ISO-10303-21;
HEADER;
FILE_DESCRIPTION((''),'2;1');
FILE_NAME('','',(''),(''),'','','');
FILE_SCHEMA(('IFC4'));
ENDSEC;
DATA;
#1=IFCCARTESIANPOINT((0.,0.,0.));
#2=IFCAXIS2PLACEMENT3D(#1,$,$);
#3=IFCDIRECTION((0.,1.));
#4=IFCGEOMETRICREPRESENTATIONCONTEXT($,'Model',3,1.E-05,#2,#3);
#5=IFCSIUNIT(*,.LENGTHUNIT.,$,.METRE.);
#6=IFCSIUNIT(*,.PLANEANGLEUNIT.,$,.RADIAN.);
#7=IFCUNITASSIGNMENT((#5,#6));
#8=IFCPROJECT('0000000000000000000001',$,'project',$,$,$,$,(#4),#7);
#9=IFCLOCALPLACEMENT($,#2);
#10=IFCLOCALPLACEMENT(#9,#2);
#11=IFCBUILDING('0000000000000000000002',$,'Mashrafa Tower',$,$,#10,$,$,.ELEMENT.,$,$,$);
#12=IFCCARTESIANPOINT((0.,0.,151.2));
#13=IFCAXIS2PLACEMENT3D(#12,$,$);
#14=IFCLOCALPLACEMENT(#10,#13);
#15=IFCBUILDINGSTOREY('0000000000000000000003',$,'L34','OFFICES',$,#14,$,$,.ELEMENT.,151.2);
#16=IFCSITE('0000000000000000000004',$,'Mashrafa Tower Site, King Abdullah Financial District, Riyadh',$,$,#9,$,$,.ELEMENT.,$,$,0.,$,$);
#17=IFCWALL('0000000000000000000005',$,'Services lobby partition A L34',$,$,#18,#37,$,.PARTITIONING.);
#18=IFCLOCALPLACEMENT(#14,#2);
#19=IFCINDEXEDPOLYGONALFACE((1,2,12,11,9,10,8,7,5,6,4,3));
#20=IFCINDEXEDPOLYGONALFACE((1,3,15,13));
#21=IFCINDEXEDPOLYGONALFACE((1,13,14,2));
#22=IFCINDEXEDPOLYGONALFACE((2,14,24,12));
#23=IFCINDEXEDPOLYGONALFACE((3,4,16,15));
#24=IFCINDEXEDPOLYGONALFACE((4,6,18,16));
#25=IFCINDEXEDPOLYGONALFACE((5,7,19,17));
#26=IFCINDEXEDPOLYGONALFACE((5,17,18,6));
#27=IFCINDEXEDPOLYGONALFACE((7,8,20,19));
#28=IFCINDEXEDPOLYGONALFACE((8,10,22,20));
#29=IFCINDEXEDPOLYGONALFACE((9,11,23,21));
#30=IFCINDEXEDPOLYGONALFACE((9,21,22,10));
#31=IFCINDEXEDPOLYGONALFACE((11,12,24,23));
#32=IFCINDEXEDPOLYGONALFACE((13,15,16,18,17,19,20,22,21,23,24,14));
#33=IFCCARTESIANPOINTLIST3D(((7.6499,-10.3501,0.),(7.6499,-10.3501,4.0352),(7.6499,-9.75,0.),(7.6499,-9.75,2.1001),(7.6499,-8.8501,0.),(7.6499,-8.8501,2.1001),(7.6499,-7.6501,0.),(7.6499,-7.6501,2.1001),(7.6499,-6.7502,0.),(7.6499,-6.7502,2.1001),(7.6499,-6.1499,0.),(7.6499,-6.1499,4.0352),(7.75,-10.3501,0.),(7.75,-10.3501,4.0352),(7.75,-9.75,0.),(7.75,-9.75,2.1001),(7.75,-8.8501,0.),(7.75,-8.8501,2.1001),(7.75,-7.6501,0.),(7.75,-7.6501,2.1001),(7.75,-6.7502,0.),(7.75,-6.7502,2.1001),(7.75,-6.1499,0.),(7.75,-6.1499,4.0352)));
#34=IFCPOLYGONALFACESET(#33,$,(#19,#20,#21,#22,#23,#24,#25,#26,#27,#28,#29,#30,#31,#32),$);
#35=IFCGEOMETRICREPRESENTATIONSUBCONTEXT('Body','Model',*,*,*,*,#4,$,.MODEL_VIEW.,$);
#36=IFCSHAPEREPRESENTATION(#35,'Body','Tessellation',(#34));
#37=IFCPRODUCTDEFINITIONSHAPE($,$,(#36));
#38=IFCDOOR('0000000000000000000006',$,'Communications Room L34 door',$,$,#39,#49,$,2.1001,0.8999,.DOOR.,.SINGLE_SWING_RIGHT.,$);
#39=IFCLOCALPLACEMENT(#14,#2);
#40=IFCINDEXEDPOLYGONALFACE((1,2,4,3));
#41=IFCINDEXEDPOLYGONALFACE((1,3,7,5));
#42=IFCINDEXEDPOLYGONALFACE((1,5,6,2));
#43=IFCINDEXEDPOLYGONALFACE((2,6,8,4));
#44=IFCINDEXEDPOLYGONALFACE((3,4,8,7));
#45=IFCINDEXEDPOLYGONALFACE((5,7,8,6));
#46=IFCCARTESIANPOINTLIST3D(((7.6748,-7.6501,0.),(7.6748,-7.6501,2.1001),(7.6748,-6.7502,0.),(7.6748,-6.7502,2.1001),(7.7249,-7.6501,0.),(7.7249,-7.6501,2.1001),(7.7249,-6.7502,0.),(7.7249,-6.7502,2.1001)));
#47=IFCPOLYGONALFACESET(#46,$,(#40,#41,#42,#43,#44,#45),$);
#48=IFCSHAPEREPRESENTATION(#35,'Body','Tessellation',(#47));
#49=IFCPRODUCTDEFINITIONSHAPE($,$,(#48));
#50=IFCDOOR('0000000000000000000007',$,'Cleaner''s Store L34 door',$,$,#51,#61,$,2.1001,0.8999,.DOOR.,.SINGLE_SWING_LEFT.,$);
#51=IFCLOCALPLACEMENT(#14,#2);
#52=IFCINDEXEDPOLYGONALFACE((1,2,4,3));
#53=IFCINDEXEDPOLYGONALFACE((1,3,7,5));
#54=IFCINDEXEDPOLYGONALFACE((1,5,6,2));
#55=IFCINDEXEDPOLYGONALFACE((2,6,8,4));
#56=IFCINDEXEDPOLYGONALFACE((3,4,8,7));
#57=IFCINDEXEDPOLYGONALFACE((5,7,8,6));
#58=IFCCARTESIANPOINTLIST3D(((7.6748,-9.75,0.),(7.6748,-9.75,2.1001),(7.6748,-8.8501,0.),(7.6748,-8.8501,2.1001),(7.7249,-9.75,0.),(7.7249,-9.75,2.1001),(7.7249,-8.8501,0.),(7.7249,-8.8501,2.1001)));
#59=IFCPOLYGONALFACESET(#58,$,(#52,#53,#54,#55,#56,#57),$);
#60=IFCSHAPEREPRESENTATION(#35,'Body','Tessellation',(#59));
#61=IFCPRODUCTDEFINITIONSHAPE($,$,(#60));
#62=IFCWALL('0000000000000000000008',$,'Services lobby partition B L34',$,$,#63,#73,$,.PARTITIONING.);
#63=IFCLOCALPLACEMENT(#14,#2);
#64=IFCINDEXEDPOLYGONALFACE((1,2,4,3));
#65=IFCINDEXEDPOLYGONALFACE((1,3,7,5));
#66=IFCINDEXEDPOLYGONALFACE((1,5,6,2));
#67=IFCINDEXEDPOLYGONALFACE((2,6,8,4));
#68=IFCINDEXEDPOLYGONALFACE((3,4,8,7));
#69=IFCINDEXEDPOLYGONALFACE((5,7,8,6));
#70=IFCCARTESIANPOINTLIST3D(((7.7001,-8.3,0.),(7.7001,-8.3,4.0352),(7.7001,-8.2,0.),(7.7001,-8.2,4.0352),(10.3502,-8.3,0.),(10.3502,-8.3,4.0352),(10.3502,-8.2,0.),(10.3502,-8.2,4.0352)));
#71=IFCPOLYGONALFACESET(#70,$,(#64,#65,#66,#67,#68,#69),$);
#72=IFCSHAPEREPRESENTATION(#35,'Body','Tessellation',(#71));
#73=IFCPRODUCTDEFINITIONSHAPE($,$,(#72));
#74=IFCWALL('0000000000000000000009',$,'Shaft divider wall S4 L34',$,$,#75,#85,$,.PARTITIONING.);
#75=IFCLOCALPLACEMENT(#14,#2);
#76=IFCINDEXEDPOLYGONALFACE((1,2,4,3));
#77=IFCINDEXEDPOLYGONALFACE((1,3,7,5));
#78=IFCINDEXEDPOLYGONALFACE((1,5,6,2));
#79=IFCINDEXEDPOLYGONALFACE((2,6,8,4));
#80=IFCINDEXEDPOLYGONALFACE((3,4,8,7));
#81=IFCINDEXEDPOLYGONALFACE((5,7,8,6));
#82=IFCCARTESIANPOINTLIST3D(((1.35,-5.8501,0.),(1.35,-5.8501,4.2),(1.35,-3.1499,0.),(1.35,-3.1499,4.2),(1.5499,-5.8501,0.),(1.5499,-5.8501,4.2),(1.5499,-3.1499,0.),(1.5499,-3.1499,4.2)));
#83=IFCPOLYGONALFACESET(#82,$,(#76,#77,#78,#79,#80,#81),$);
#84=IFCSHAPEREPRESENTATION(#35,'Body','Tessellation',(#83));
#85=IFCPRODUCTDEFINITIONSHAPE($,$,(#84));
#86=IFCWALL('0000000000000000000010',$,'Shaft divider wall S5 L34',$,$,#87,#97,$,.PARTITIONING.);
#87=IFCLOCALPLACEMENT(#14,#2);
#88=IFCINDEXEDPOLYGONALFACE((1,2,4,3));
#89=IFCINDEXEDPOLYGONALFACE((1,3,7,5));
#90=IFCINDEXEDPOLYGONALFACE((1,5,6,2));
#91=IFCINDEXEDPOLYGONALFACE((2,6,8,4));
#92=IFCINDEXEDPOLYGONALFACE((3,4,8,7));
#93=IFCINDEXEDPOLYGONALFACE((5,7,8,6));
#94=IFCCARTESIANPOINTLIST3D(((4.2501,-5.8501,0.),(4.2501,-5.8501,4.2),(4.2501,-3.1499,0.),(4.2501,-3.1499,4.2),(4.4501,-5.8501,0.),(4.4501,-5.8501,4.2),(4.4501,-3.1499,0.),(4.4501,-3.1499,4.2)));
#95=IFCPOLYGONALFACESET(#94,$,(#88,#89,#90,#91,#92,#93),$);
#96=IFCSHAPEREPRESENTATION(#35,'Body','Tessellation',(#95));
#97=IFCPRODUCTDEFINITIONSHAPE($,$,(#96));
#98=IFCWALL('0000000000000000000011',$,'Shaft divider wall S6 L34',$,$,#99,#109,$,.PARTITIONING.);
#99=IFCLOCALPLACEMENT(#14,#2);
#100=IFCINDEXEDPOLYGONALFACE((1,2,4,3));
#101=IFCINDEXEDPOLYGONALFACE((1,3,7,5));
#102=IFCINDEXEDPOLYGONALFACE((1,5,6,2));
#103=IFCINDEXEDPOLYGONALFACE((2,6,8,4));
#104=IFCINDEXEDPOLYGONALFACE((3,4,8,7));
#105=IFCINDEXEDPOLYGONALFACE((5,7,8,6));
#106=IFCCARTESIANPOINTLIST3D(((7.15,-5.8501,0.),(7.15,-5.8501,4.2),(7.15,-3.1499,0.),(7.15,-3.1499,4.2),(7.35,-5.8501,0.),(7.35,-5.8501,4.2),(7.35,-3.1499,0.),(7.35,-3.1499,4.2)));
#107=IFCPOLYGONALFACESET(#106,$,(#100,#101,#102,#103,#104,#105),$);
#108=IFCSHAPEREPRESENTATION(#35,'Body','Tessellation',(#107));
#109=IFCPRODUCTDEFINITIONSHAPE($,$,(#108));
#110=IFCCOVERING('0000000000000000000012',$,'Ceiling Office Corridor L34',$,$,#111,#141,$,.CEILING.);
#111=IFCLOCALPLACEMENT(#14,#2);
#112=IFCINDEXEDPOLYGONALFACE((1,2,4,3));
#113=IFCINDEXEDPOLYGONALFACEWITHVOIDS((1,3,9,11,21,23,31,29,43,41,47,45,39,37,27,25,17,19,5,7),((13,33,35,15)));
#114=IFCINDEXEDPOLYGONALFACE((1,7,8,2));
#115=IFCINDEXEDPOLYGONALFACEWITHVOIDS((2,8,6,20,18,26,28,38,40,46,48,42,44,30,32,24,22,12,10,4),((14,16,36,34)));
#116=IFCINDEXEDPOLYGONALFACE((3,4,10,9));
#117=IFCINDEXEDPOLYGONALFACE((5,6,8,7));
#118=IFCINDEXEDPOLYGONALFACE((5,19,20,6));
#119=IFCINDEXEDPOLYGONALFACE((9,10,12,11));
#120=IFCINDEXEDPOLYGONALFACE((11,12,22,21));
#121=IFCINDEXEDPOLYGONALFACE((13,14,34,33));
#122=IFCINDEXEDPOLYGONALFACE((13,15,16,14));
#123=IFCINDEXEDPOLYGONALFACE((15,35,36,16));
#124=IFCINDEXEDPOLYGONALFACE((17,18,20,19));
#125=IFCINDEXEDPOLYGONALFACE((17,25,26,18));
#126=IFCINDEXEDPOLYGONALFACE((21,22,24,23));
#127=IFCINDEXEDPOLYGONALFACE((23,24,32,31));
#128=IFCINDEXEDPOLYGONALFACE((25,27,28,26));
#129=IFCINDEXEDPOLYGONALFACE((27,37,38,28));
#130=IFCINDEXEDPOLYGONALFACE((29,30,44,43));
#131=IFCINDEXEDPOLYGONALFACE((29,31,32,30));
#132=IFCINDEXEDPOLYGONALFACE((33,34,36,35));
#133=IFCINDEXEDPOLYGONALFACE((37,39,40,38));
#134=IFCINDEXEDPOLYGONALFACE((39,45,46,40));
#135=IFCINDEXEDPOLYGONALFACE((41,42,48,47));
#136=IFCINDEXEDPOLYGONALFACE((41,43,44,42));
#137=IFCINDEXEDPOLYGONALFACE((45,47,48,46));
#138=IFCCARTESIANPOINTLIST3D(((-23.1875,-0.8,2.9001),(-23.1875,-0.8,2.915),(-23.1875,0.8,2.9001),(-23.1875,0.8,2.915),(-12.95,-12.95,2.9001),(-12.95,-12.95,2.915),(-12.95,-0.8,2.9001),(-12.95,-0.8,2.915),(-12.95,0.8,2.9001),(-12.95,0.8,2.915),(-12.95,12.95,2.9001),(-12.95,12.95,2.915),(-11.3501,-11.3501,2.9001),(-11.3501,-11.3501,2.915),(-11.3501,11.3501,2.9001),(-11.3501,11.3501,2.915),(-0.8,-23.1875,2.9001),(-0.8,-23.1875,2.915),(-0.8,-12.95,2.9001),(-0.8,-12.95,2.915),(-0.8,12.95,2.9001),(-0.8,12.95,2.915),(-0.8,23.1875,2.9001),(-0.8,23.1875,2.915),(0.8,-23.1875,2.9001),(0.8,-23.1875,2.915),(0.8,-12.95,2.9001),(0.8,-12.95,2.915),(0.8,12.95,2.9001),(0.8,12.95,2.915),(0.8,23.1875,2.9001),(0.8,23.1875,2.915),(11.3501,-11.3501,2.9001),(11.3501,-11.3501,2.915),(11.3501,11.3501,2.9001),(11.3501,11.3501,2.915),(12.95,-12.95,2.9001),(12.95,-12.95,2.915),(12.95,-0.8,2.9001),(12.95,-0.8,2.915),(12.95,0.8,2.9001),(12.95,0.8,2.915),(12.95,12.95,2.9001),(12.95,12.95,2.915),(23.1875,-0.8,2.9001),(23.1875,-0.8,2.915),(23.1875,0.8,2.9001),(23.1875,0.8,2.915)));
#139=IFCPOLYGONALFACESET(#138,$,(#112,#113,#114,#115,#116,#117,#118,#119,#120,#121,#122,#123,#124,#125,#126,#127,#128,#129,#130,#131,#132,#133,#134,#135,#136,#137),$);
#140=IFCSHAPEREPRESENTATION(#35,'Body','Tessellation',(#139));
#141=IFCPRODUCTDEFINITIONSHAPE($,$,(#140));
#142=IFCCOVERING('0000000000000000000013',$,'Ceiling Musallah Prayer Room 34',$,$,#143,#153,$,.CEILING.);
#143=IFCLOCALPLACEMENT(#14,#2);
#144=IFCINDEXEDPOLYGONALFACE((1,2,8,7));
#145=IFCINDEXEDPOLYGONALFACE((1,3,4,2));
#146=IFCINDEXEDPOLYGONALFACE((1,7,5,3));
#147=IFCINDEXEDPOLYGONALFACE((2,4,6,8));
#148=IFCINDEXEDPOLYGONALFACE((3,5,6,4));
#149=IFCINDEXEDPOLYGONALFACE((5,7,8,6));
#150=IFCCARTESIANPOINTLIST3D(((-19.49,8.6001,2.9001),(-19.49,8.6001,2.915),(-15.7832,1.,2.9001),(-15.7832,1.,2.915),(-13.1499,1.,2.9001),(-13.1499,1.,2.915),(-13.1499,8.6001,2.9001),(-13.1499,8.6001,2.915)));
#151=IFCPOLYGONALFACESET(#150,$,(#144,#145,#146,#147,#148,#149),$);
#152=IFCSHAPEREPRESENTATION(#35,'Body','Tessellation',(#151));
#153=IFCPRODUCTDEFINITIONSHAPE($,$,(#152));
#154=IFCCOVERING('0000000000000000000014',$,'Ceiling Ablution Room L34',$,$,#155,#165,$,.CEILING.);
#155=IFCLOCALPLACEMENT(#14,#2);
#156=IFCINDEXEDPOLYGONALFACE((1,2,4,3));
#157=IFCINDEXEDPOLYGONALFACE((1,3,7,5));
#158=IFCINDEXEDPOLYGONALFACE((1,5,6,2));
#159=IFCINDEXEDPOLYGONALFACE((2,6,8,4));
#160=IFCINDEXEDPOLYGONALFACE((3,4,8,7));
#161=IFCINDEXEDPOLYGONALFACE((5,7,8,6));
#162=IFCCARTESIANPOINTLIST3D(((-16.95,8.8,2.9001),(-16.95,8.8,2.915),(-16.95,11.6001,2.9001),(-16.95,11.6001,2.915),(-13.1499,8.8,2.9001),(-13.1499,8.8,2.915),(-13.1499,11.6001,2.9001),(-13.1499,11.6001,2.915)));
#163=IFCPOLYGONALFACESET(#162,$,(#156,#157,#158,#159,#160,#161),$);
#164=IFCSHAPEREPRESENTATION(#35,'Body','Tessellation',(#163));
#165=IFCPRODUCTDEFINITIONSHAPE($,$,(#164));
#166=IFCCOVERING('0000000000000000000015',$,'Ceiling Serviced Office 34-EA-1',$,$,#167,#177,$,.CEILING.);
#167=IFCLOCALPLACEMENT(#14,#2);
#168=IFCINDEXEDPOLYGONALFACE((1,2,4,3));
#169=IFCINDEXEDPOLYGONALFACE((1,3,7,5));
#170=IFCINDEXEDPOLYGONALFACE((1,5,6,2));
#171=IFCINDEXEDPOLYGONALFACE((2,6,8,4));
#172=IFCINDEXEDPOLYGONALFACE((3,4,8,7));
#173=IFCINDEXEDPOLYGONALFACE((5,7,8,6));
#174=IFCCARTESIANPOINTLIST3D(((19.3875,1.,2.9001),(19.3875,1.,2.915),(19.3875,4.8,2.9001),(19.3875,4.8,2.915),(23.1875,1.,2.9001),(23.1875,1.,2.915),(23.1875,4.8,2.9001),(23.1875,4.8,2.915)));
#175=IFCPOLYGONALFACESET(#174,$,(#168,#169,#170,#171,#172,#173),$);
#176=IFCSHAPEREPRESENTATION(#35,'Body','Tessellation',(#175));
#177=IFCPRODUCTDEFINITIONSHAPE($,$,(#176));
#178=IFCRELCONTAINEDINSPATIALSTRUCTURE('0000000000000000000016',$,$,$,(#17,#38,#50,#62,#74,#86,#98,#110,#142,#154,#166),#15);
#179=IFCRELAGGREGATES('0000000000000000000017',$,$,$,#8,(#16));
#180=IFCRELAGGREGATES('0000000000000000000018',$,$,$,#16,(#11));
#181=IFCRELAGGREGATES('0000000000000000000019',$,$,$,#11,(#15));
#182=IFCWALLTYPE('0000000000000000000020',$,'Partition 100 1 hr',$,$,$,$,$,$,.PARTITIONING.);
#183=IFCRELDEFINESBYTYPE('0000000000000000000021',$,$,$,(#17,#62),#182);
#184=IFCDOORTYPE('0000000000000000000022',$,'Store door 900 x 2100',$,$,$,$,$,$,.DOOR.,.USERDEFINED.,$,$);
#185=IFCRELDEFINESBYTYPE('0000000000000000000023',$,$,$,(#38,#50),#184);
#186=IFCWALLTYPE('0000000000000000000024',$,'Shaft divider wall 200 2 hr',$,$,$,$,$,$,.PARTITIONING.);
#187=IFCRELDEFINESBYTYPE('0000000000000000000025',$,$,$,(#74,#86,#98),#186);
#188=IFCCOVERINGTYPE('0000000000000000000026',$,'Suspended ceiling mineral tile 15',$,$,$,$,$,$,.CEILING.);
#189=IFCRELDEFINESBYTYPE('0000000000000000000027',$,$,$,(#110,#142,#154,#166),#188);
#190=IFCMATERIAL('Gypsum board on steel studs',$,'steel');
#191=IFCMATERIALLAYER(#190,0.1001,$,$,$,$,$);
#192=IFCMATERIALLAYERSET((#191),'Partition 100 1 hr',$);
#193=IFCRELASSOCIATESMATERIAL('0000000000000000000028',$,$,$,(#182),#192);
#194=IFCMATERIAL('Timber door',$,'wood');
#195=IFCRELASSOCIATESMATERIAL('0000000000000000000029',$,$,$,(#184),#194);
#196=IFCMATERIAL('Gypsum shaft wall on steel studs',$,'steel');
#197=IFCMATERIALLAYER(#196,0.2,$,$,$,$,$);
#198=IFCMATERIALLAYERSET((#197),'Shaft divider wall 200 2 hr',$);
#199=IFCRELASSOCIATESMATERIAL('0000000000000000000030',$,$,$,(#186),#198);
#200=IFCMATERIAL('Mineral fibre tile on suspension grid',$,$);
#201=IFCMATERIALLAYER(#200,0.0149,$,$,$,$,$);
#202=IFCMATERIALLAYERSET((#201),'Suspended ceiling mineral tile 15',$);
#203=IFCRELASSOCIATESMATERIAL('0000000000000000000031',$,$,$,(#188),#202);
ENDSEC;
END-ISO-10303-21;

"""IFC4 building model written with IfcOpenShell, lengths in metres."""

from ifc_helpers import new_model, si_unit, direction, frame, frame_2d, origin, place, context, subcontext, project, spatial, polyline, rectangle, outline, extrude, material, layer, layer_set, type_object, element, fill, save


model = new_model("IFC4")

# Units and contexts
model_context = context("Model", 3, precision=1e-05, world=origin(), true_north=direction((0.0, 1.0)))
body_context = subcontext(model_context, "Body", "Model", "MODEL_VIEW")
ifc_project = project(units=[si_unit("LENGTHUNIT", "METRE"), si_unit("PLANEANGLEUNIT", "RADIAN")], contexts=[model_context])

# Site, building, storey
site_placement = place(None, origin())
site = spatial("IfcSite", under=ifc_project, at=site_placement, Name="Mashrafa Tower Site, King Abdullah Financial District, Riyadh", CompositionType="ELEMENT", RefElevation=0.0)
building_placement = place(site_placement, origin())
building = spatial("IfcBuilding", under=site, at=building_placement, Name="Mashrafa Tower", CompositionType="ELEMENT")
storey_placement = place(building_placement, frame((0.0, 0.0, 151.2)))
storey = spatial("IfcBuildingStorey", under=building, at=storey_placement, Name="L34", Description="OFFICES", CompositionType="ELEMENT", Elevation=151.2)

# Wall, openings, doors
ifc_material_1 = material(Name="Gypsum board on steel studs", Category="steel")
ifc_layer_1 = layer(ifc_material_1, 0.1001)
ifc_layer_set_1 = layer_set([ifc_layer_1], Name="Partition 100 1 hr")
wall_type_1 = type_object("IfcWallType", Name="Partition 100 1 hr", PredefinedType="PARTITIONING", material=ifc_layer_set_1)
wall_1_placement = place(storey_placement, frame((7.7, -10.3501, 0.0), z_axis=(0.0, 0.0, 1.0), x_axis=(0.0, 1.0, 0.0)))
wall_1 = element("IfcWall", 1, at=wall_1_placement, inside=storey, type_object=wall_type_1, Name="Services lobby partition A L34", PredefinedType="PARTITIONING", context=body_context, shape_type="SweptSolid", body=[
    extrude(rectangle(XDim=4.2002, YDim=0.1001, at=frame_2d((2.1001, 0.0))), origin(), (0.0, 0.0, 1.0), 4.0352),
])
opening_1_placement = place(wall_1_placement, frame((2.7, 0.0, 0.0)))
opening_1 = element("IfcOpeningElement", 2, at=opening_1_placement, cuts=wall_1, PredefinedType="OPENING", context=body_context, shape_type="SweptSolid", body=[
    extrude(rectangle(XDim=0.8999, YDim=2.1001, at=frame_2d((0.45, 1.05))), frame((0.0, 0.0601, 0.0), z_axis=(0.0, -1.0, 0.0), x_axis=(1.0, 0.0, 0.0)), (0.0, 0.0, 1.0), 0.1201),
])
opening_2_placement = place(wall_1_placement, frame((0.6001, 0.0, 0.0)))
opening_2 = element("IfcOpeningElement", 3, at=opening_2_placement, cuts=wall_1, PredefinedType="OPENING", context=body_context, shape_type="SweptSolid", body=[
    extrude(rectangle(XDim=0.8999, YDim=2.1001, at=frame_2d((0.45, 1.05))), frame((0.0, 0.0601, 0.0), z_axis=(0.0, -1.0, 0.0), x_axis=(1.0, 0.0, 0.0)), (0.0, 0.0, 1.0), 0.1201),
])
ifc_material_2 = material(Name="Timber door", Category="wood")
door_type_1 = type_object("IfcDoorType", Name="Store door 900 x 2100", OperationType="USERDEFINED", PredefinedType="DOOR", material=ifc_material_2)
door_1_placement = place(opening_1_placement, frame((0.8999, 0.0, 0.0), z_axis=(0.0, 0.0, 1.0), x_axis=(-1.0, 0.0, 0.0)))
door_1 = element("IfcDoor", 4, at=door_1_placement, inside=storey, type_object=door_type_1, Name="Communications Room L34 door", OperationType="SINGLE_SWING_RIGHT", OverallHeight=2.1001, OverallWidth=0.8999, PredefinedType="DOOR", context=body_context, shape_type="SweptSolid", body=[
    extrude(rectangle(XDim=0.8999, YDim=2.1001, at=frame_2d((0.45, 1.05))), frame((0.0, 0.0249, 0.0), z_axis=(0.0, -1.0, 0.0), x_axis=(1.0, 0.0, 0.0)), (0.0, 0.0, 1.0), 0.05),
])
fill(opening_1, door_1)
door_2_placement = place(opening_2_placement, frame((0.8999, 0.0, 0.0), z_axis=(0.0, 0.0, 1.0), x_axis=(-1.0, 0.0, 0.0)))
door_2 = element("IfcDoor", 5, at=door_2_placement, inside=storey, type_object=door_type_1, Name="Cleaner's Store L34 door", OperationType="SINGLE_SWING_LEFT", OverallHeight=2.1001, OverallWidth=0.8999, PredefinedType="DOOR", context=body_context, shape_type="SweptSolid", body=[
    extrude(rectangle(XDim=0.8999, YDim=2.1001, at=frame_2d((0.45, 1.05))), frame((0.0, 0.0249, 0.0), z_axis=(0.0, -1.0, 0.0), x_axis=(1.0, 0.0, 0.0)), (0.0, 0.0, 1.0), 0.05),
])
fill(opening_2, door_2)

# Walls
wall_2_placement = place(storey_placement, frame((7.7, -8.25, 0.0), z_axis=(0.0, 0.0, 1.0), x_axis=(1.0, 0.0, 0.0)))
element("IfcWall", 6, at=wall_2_placement, inside=storey, type_object=wall_type_1, Name="Services lobby partition B L34", PredefinedType="PARTITIONING", context=body_context, shape_type="SweptSolid", body=[
    extrude(rectangle(XDim=2.6501, YDim=0.1001, at=frame_2d((1.3252, 0.0))), origin(), (0.0, 0.0, 1.0), 4.0352),
])
ifc_material_3 = material(Name="Gypsum shaft wall on steel studs", Category="steel")
ifc_layer_2 = layer(ifc_material_3, 0.2)
ifc_layer_set_2 = layer_set([ifc_layer_2], Name="Shaft divider wall 200 2 hr")
wall_type_2 = type_object("IfcWallType", Name="Shaft divider wall 200 2 hr", PredefinedType="PARTITIONING", material=ifc_layer_set_2)
for number, where, z_axis, x_axis, name in (
    (7, (1.45, -5.8501, 0.0), (0.0, 0.0, 1.0), (0.0, 1.0, 0.0), "Shaft divider wall S4 L34"),
    (8, (4.3501, -5.8501, 0.0), (0.0, 0.0, 1.0), (0.0, 1.0, 0.0), "Shaft divider wall S5 L34"),
    (9, (7.25, -5.8501, 0.0), (0.0, 0.0, 1.0), (0.0, 1.0, 0.0), "Shaft divider wall S6 L34"),
):
    element("IfcWall", number, at=place(storey_placement, frame(where, z_axis=z_axis, x_axis=x_axis)), inside=storey, type_object=wall_type_2, Name=name, PredefinedType="PARTITIONING", context=body_context, shape_type="SweptSolid", body=[
        extrude(rectangle(XDim=2.7002, YDim=0.2, at=frame_2d((1.3501, 0.0))), origin(), (0.0, 0.0, 1.0), 4.2),
    ])

# Coverings
ifc_material_4 = material(Name="Mineral fibre tile on suspension grid")
ifc_layer_3 = layer(ifc_material_4, 0.0149)
ifc_layer_set_3 = layer_set([ifc_layer_3], Name="Suspended ceiling mineral tile 15")
covering_type = type_object("IfcCoveringType", Name="Suspended ceiling mineral tile 15", PredefinedType="CEILING", material=ifc_layer_set_3)
covering_1_placement = place(storey_placement, frame((0.0, 0.0, 2.9001)))
element("IfcCovering", 10, at=covering_1_placement, inside=storey, type_object=covering_type, Name="Ceiling Office Corridor L34", PredefinedType="CEILING", context=body_context, shape_type="SweptSolid", body=[
    extrude(outline(polyline([(-12.95, -12.95), (-12.95, -0.8), (-23.1875, -0.8), (-23.1875, 0.8), (-12.95, 0.8), (-12.95, 12.95), (-0.8, 12.95), (-0.8, 23.1875), (0.8, 23.1875), (0.8, 12.95), (12.95, 12.95), (12.95, 0.8), (23.1875, 0.8), (23.1875, -0.8), (12.95, -0.8), (12.95, -12.95), (0.8, -12.95), (0.8, -23.1875), (-0.8, -23.1875), (-0.8, -12.95), (-12.95, -12.95)]), holes=[polyline([(11.3501, 11.3501), (-11.3501, 11.3501), (-11.3501, -11.3501), (11.3501, -11.3501), (11.3501, 11.3501)])]), origin(), (0.0, 0.0, 1.0), 0.0149),
])
covering_2_placement = place(storey_placement, frame((0.0, 0.0, 2.9001)))
element("IfcCovering", 11, at=covering_2_placement, inside=storey, type_object=covering_type, Name="Ceiling Musallah Prayer Room 34", PredefinedType="CEILING", context=body_context, shape_type="SweptSolid", body=[
    extrude(outline(polyline([(-15.7832, 1.0), (-19.49, 8.6001), (-13.1499, 8.6001), (-13.1499, 1.0), (-15.7832, 1.0)])), origin(), (0.0, 0.0, 1.0), 0.0149),
])
covering_3_placement = place(storey_placement, frame((0.0, 0.0, 2.9001)))
element("IfcCovering", 12, at=covering_3_placement, inside=storey, type_object=covering_type, Name="Ceiling Ablution Room L34", PredefinedType="CEILING", context=body_context, shape_type="SweptSolid", body=[
    extrude(outline(polyline([(-16.95, 8.8), (-16.95, 11.6001), (-13.1499, 11.6001), (-13.1499, 8.8), (-16.95, 8.8)])), origin(), (0.0, 0.0, 1.0), 0.0149),
])
covering_4_placement = place(storey_placement, frame((0.0, 0.0, 2.9001)))
element("IfcCovering", 13, at=covering_4_placement, inside=storey, type_object=covering_type, Name="Ceiling Serviced Office 34-EA-1", PredefinedType="CEILING", context=body_context, shape_type="SweptSolid", body=[
    extrude(outline(polyline([(19.3875, 4.8), (23.1875, 4.8), (23.1875, 1.0), (19.3875, 1.0), (19.3875, 4.8)])), origin(), (0.0, 0.0, 1.0), 0.0149),
])

save(model, "model.ifc")
